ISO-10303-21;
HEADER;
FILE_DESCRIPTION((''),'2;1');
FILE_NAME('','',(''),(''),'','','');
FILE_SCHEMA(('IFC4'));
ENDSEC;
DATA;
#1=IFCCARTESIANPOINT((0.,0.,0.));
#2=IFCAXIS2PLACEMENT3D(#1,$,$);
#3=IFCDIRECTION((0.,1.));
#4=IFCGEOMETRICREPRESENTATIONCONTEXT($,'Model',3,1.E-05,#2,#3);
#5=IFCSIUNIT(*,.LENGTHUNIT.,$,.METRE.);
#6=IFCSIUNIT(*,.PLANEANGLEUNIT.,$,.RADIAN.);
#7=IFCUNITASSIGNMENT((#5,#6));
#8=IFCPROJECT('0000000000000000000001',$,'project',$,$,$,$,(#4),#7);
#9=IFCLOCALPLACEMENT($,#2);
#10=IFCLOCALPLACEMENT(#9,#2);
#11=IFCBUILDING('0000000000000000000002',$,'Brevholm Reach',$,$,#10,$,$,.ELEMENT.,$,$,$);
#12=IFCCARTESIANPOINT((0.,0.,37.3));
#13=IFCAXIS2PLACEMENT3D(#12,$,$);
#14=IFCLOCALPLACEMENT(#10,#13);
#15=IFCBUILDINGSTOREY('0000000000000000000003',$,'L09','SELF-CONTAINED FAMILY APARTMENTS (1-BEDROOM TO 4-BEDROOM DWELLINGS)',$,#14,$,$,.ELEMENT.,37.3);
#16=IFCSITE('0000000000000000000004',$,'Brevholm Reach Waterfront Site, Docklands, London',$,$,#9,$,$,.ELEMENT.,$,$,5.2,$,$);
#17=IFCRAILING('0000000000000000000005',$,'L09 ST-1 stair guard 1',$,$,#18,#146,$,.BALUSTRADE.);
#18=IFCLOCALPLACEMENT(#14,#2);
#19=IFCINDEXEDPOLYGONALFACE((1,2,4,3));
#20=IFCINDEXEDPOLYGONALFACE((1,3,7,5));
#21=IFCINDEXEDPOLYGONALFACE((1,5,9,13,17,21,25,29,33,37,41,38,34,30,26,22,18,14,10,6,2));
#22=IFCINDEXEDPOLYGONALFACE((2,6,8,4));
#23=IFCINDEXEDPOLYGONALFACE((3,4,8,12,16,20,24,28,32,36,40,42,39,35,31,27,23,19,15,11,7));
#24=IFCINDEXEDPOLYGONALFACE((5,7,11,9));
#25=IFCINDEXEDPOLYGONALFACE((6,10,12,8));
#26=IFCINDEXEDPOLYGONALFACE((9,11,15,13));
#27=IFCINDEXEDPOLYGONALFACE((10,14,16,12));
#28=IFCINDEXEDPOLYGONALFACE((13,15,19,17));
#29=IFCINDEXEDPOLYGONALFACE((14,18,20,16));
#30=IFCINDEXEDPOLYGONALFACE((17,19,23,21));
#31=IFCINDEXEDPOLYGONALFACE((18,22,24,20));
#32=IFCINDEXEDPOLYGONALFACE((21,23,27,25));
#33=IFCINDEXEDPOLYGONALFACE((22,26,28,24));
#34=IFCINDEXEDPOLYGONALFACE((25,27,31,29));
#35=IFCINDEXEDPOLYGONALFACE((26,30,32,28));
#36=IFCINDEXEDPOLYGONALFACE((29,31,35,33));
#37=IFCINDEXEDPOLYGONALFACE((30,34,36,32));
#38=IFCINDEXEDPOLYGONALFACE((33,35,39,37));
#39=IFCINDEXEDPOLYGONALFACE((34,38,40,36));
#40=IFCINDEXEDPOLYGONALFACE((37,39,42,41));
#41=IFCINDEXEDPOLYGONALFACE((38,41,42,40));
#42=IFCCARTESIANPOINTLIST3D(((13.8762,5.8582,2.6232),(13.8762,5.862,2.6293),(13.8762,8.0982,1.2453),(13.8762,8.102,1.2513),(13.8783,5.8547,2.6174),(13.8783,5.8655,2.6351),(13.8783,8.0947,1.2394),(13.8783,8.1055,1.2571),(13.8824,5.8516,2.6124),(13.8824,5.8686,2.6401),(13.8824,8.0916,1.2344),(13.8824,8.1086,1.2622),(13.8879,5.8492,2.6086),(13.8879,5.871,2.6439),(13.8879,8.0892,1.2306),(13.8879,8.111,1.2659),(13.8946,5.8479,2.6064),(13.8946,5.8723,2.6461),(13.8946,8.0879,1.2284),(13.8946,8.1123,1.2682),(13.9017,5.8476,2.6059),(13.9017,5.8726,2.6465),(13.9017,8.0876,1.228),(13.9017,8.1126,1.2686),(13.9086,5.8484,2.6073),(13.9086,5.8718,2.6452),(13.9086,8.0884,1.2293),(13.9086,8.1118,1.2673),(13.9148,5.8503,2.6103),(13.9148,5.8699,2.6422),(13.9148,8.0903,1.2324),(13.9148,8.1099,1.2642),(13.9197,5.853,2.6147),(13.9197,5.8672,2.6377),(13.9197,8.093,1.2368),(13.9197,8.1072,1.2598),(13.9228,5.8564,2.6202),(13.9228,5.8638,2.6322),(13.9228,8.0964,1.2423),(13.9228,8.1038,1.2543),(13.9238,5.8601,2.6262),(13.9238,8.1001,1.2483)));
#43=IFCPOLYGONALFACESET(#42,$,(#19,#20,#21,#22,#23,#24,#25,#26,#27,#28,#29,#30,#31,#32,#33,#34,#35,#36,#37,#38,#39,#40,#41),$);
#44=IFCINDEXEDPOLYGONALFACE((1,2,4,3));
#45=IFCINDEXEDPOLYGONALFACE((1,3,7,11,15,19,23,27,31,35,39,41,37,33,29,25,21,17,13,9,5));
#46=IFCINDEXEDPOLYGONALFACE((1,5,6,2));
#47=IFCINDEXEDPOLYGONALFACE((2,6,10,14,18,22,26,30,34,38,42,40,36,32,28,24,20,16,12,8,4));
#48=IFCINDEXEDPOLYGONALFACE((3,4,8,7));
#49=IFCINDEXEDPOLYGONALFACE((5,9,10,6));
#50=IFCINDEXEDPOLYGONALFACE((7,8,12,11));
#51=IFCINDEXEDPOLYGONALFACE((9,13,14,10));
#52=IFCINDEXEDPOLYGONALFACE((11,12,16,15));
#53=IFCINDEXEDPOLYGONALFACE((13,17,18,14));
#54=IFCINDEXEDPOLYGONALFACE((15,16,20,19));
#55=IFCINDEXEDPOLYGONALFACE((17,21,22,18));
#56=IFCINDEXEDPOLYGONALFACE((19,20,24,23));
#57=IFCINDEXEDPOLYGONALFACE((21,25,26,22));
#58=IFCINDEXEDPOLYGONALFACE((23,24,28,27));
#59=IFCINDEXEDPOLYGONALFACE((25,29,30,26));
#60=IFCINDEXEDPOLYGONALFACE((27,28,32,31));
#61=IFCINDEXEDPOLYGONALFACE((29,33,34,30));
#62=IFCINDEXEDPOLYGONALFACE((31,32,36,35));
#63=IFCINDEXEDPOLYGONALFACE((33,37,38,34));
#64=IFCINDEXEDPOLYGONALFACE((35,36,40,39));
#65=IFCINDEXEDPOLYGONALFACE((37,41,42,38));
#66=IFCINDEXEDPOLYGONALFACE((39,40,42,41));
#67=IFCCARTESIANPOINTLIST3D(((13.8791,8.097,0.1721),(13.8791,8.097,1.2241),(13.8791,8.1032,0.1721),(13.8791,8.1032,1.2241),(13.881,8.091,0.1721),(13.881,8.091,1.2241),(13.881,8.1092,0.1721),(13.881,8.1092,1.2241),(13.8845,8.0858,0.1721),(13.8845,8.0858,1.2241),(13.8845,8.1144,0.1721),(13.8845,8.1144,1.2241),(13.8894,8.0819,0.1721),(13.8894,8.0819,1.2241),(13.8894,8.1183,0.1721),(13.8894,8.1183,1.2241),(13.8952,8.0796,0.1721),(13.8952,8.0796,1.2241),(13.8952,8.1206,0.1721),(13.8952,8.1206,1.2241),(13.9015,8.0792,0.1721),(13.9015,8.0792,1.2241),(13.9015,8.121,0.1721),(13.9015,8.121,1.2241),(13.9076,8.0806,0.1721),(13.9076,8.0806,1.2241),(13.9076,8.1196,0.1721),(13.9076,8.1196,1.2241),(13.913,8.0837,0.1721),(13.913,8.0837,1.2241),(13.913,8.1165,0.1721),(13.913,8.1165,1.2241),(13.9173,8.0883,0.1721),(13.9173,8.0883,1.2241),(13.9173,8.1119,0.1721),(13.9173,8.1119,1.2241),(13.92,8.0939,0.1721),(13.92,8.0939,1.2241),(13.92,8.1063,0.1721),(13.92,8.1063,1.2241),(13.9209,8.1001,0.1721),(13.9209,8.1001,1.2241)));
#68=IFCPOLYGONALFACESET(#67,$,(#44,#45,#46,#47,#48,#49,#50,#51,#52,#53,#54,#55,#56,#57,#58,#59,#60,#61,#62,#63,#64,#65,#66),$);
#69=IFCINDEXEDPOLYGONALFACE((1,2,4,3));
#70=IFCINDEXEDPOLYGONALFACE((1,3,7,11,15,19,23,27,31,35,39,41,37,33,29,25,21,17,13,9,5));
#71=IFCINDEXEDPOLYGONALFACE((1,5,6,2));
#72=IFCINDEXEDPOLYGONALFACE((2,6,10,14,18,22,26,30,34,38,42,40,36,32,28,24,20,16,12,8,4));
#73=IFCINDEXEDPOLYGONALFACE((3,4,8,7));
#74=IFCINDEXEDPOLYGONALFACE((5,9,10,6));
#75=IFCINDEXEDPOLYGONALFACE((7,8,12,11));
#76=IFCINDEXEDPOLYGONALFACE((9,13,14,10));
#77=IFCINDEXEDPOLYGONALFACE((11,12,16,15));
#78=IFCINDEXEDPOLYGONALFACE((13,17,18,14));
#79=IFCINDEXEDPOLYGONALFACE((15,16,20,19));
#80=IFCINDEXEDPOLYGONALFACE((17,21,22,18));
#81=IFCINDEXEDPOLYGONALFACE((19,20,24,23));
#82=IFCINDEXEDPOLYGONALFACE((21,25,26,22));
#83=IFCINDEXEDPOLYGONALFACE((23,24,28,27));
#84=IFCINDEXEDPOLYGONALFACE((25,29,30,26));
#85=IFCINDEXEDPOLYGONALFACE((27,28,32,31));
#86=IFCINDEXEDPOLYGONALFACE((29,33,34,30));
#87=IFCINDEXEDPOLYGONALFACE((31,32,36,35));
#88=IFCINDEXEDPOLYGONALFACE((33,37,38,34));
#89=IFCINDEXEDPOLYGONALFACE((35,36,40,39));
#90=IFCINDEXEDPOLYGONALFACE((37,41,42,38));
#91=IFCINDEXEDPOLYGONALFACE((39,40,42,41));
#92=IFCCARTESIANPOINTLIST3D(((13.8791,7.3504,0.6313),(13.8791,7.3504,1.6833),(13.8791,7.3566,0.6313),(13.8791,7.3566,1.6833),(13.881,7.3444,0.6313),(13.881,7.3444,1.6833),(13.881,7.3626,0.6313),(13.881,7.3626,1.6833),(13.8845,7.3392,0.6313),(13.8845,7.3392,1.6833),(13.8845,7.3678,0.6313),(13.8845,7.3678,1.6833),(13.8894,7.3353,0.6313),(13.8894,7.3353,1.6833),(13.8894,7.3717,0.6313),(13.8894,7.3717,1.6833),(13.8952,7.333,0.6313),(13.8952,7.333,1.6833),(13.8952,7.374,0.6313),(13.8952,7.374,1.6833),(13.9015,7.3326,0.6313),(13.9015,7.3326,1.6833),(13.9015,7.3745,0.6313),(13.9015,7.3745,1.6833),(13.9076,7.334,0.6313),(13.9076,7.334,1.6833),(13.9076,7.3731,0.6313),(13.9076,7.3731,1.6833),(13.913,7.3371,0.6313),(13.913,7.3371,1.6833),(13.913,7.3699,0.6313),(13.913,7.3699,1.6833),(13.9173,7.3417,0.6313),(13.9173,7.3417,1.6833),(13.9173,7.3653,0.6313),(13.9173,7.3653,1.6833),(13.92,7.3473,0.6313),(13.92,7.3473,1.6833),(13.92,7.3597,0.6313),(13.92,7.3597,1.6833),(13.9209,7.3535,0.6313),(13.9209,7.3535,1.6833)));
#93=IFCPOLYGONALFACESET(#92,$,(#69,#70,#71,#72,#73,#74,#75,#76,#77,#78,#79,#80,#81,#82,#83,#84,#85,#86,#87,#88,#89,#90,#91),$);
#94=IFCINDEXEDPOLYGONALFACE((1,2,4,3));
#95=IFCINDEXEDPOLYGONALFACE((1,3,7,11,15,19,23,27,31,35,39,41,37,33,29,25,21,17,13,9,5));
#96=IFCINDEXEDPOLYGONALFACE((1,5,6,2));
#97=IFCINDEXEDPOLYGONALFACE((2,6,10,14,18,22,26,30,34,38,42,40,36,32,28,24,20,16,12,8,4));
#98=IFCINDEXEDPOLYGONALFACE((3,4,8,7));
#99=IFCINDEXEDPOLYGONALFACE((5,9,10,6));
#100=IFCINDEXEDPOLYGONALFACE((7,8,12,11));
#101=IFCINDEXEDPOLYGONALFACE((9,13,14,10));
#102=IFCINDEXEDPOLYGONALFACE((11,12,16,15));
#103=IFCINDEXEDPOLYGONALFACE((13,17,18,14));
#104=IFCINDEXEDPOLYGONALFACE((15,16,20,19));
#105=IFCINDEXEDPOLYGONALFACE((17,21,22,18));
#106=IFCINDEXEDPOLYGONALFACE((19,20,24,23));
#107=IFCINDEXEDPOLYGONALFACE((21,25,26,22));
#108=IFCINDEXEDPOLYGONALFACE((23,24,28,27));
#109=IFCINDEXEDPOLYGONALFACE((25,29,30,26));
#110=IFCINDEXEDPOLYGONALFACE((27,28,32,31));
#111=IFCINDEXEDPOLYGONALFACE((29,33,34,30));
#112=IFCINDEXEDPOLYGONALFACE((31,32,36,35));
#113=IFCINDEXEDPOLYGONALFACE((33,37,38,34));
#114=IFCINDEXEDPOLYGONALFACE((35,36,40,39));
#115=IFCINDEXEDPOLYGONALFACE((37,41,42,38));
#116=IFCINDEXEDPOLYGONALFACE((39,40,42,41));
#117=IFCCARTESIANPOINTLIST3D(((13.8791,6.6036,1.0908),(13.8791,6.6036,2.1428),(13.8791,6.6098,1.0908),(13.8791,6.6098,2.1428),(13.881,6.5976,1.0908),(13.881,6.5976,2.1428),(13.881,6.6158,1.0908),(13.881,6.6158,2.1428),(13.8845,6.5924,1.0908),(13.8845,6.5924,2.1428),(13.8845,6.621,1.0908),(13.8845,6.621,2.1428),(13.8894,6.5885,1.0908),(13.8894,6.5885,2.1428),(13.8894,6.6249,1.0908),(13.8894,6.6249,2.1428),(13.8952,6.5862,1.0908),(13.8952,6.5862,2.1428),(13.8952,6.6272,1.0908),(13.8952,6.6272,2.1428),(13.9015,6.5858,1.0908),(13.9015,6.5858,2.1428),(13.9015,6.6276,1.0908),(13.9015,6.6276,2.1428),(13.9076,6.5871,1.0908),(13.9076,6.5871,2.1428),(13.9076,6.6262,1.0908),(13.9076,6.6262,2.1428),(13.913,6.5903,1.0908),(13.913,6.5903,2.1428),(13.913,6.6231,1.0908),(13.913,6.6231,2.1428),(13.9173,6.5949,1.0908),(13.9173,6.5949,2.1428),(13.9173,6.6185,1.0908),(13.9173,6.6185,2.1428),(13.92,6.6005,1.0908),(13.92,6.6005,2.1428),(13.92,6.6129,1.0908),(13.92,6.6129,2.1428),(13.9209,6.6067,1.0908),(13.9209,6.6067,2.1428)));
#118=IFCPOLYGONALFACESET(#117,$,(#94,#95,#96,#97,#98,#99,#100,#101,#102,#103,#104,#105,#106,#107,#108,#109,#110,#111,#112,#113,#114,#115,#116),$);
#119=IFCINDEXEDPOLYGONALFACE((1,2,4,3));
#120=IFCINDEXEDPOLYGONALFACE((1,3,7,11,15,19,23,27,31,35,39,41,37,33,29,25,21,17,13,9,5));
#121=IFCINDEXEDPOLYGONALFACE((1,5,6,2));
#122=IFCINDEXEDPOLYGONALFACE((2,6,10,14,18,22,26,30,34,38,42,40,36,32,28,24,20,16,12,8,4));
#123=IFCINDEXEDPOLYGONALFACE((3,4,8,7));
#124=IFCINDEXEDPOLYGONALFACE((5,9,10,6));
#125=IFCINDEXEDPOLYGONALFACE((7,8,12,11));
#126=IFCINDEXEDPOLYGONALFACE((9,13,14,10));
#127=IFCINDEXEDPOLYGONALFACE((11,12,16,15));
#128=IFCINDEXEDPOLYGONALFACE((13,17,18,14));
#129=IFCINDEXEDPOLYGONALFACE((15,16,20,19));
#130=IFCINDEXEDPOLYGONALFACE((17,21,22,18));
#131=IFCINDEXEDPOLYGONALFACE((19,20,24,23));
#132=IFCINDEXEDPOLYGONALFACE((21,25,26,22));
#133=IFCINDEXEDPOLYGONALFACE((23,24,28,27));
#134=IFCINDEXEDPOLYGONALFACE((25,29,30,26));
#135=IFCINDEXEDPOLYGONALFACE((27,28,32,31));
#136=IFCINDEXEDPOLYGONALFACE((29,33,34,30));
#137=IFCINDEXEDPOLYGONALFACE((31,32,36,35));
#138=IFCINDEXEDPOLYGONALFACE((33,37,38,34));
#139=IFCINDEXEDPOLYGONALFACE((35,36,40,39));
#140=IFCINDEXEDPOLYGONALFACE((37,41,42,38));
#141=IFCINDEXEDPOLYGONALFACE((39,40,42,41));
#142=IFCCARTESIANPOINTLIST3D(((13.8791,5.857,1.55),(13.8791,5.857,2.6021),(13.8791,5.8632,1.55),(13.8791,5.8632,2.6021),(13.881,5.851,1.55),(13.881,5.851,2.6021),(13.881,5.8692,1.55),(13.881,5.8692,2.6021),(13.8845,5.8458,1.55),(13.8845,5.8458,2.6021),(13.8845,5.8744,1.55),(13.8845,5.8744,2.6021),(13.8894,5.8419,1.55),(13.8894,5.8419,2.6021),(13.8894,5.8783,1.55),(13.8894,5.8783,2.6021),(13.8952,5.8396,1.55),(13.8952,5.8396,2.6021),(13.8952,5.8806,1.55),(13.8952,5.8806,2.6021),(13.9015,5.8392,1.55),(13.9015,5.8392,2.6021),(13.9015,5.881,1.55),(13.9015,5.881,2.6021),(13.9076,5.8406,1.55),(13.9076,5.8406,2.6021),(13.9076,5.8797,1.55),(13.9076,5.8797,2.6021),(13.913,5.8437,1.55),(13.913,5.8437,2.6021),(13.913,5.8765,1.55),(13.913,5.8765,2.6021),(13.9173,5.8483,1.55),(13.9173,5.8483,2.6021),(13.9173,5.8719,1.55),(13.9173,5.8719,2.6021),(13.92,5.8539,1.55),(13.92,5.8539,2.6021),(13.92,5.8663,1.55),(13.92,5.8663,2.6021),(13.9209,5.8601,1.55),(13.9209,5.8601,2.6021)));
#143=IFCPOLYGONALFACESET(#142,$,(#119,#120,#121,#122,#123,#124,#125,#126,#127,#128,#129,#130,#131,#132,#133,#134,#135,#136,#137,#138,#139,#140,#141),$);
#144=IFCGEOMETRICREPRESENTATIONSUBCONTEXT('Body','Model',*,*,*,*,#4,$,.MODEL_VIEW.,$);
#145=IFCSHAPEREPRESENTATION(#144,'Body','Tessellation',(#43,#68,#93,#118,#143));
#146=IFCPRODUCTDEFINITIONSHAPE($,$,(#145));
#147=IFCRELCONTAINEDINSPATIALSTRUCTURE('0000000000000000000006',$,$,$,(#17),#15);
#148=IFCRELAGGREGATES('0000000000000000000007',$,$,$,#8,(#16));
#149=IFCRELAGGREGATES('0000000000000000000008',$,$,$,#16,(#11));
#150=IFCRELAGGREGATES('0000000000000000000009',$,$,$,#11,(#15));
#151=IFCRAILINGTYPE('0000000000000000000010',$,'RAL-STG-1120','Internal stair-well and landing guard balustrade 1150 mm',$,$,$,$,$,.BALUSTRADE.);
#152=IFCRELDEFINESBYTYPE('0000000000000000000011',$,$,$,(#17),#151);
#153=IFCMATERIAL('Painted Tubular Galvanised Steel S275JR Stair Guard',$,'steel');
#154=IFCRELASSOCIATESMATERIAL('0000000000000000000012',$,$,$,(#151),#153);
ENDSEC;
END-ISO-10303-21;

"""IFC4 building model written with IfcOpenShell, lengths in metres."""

from ifc_helpers import new_model, si_unit, direction, frame, origin, origin_2d, place, context, subcontext, project, spatial, circle, extrude, material, type_object, element, save


model = new_model("IFC4")

# Units and contexts
model_context = context("Model", 3, precision=1e-05, world=origin(), true_north=direction((0.0, 1.0)))
body_context = subcontext(model_context, "Body", "Model", "MODEL_VIEW")
ifc_project = project(units=[si_unit("LENGTHUNIT", "METRE"), si_unit("PLANEANGLEUNIT", "RADIAN")], contexts=[model_context])

# Site, building, storey
site_placement = place(None, origin())
site = spatial("IfcSite", under=ifc_project, at=site_placement, Name="Brevholm Reach Waterfront Site, Docklands, London", CompositionType="ELEMENT", RefElevation=5.2)
building_placement = place(site_placement, origin())
building = spatial("IfcBuilding", under=site, at=building_placement, Name="Brevholm Reach", CompositionType="ELEMENT")
storey_placement = place(building_placement, frame((0.0, 0.0, 37.3)))
storey = spatial("IfcBuildingStorey", under=building, at=storey_placement, Name="L09", Description="SELF-CONTAINED FAMILY APARTMENTS (1-BEDROOM TO 4-BEDROOM DWELLINGS)", CompositionType="ELEMENT", Elevation=37.3)

# Railing
ifc_material_1 = material(Name="Painted Tubular Galvanised Steel S275JR Stair Guard", Category="steel")
railing_type_1 = type_object("IfcRailingType", Name="RAL-STG-1120", Description="Internal stair-well and landing guard balustrade 1150 mm", PredefinedType="BALUSTRADE", material=ifc_material_1)
railing_1_placement = place(storey_placement, frame((13.8999, 8.1001, 0.1721)))
element("IfcRailing", 1, at=railing_1_placement, inside=storey, type_object=railing_type_1, Name="L09 ST-1 stair guard 1", PredefinedType="BALUSTRADE", context=body_context, shape_type="SweptSolid", body=[
    extrude(circle(Radius=0.0239, at=origin_2d()), frame((0.0, 0.0, 1.0762), z_axis=(0.0, -0.851748, 0.523952), x_axis=(1.0, 0.0, 0.0)), (0.0, 0.0, 1.0), 2.6299),
    extrude(circle(Radius=0.021, at=origin_2d()), origin(), (0.0, 0.0, 1.0), 1.052),
    extrude(circle(Radius=0.021, at=origin_2d()), frame((0.0, -0.7466, 0.4592)), (0.0, 0.0, 1.0), 1.052),
    extrude(circle(Radius=0.021, at=origin_2d()), frame((0.0, -1.4934, 0.9187)), (0.0, 0.0, 1.0), 1.052),
    extrude(circle(Radius=0.021, at=origin_2d()), frame((0.0, -2.24, 1.3779)), (0.0, 0.0, 1.0), 1.052),
])

save(model, "model.ifc")
